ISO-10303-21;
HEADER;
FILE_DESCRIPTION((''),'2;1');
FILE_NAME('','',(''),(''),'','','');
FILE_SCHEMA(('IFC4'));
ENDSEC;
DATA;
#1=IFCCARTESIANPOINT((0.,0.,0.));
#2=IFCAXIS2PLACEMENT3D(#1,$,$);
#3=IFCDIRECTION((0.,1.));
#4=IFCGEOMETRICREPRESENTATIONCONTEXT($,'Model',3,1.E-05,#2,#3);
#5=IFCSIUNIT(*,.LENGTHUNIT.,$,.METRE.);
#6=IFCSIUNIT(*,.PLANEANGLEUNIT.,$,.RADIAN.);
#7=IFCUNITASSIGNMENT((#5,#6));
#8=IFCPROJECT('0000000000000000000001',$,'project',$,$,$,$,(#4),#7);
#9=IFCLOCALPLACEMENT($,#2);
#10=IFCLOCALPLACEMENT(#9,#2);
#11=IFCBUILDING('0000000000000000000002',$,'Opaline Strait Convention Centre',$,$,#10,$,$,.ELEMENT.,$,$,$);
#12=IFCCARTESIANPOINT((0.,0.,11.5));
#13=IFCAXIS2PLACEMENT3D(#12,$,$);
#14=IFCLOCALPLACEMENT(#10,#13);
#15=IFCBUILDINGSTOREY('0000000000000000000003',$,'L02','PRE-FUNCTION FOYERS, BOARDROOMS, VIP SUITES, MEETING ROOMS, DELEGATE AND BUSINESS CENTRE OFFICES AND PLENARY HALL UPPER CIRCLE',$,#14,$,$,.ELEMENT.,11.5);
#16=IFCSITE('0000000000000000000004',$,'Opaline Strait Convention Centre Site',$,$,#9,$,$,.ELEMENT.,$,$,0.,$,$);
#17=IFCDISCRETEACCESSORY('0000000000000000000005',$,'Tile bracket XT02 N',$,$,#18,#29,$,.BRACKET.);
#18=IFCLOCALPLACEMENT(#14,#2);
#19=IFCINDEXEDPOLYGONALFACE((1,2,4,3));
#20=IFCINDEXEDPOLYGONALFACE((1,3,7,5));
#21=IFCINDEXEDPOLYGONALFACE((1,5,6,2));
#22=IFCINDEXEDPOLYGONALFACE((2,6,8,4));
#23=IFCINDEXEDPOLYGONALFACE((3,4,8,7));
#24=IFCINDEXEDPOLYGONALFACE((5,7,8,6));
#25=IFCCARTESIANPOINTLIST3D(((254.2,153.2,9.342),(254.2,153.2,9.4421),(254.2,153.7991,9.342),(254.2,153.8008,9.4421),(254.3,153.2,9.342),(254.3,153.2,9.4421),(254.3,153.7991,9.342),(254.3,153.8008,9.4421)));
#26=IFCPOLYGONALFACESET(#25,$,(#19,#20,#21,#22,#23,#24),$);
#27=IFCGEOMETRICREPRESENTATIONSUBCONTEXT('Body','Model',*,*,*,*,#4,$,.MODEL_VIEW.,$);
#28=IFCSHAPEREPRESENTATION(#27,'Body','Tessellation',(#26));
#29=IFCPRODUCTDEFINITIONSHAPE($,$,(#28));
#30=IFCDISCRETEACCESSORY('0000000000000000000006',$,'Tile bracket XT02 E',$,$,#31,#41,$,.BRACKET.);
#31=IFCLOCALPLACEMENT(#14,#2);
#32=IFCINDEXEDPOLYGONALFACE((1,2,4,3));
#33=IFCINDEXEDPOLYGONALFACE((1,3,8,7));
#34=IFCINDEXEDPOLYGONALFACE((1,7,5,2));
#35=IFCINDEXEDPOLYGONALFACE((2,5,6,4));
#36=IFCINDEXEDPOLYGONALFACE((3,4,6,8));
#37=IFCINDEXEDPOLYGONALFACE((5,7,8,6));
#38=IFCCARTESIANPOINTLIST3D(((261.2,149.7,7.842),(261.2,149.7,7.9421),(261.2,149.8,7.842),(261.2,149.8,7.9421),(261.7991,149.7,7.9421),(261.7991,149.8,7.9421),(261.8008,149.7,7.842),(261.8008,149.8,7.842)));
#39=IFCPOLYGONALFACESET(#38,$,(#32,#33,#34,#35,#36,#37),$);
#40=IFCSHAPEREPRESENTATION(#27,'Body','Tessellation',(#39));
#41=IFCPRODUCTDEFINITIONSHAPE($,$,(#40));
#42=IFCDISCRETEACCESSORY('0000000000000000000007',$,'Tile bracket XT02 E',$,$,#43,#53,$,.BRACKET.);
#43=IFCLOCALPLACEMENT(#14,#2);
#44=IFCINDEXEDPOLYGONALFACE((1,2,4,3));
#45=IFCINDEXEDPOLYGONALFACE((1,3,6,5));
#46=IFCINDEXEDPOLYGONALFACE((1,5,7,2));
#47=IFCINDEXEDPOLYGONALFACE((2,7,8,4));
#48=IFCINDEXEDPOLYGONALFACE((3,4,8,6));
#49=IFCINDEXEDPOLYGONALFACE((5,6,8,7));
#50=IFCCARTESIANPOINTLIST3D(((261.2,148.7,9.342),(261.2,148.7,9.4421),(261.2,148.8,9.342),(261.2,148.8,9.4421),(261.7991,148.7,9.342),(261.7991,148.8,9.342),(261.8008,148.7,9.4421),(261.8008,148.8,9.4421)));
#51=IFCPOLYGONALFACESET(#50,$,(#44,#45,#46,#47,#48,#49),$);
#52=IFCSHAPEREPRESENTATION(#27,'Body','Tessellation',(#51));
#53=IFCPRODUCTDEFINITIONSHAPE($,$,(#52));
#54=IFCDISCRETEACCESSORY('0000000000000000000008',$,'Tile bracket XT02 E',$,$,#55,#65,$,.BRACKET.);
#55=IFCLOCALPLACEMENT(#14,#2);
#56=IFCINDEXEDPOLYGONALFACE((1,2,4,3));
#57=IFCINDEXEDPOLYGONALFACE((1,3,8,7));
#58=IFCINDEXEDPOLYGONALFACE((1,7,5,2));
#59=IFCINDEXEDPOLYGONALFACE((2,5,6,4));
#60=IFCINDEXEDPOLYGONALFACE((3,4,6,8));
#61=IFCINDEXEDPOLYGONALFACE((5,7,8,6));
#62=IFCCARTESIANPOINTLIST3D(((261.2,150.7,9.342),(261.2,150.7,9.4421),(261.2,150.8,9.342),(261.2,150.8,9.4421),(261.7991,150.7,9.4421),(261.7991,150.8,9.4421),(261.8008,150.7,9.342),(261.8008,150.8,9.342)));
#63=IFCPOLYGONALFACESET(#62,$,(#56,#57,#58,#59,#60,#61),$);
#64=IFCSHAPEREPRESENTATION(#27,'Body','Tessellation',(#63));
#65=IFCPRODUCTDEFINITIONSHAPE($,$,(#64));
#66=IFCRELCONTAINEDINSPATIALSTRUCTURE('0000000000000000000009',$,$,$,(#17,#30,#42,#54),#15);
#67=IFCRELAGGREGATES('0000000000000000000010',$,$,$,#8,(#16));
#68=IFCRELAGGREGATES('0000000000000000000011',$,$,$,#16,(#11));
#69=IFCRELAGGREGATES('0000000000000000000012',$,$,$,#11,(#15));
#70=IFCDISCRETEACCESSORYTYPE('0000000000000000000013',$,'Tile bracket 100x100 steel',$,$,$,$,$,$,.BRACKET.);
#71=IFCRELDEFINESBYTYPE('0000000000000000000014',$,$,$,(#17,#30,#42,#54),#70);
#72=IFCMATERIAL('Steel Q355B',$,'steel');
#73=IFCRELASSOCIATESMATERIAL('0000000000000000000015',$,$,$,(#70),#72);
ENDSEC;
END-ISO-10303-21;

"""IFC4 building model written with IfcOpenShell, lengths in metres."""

from ifc_helpers import new_model, si_unit, direction, frame, origin, place, context, subcontext, project, spatial, polyline, outline, extrude, material, type_object, element, save


model = new_model("IFC4")

# Units and contexts
model_context = context("Model", 3, precision=1e-05, world=origin(), true_north=direction((0.0, 1.0)))
body_context = subcontext(model_context, "Body", "Model", "MODEL_VIEW")
ifc_project = project(units=[si_unit("LENGTHUNIT", "METRE"), si_unit("PLANEANGLEUNIT", "RADIAN")], contexts=[model_context])

# Site, building, storey
site_placement = place(None, origin())
site = spatial("IfcSite", under=ifc_project, at=site_placement, Name="Opaline Strait Convention Centre Site", CompositionType="ELEMENT", RefElevation=0.0)
building_placement = place(site_placement, origin())
building = spatial("IfcBuilding", under=site, at=building_placement, Name="Opaline Strait Convention Centre", CompositionType="ELEMENT")
storey_placement = place(building_placement, frame((0.0, 0.0, 11.5)))
storey = spatial("IfcBuildingStorey", under=building, at=storey_placement, Name="L02", Description="PRE-FUNCTION FOYERS, BOARDROOMS, VIP SUITES, MEETING ROOMS, DELEGATE AND BUSINESS CENTRE OFFICES AND PLENARY HALL UPPER CIRCLE", CompositionType="ELEMENT", Elevation=11.5)

# Shared definitions
ifc_material_1 = material(Name="Steel Q355B", Category="steel")

# Discrete accessories
discrete_accessory_type = type_object("IfcDiscreteAccessoryType", Name="Tile bracket 100x100 steel", PredefinedType="BRACKET", material=ifc_material_1)
discrete_accessory_1_placement = place(storey_placement, frame((254.3, 153.2, 9.3921), z_axis=(-1.0, 0.0, 0.0), x_axis=(0.0, -1.0, 0.0)))
element("IfcDiscreteAccessory", 1, at=discrete_accessory_1_placement, inside=storey, type_object=discrete_accessory_type, Name="Tile bracket XT02 N", PredefinedType="BRACKET", context=body_context, shape_type="SweptSolid", body=[
    extrude(outline(polyline([(0.0, -0.05), (0.0, 0.05), (-0.6008, 0.05), (-0.5991, -0.05), (0.0, -0.05)])), origin(), (0.0, 0.0, 1.0), 0.1001),
])
discrete_accessory_2_placement = place(storey_placement, frame((261.2, 149.7, 7.8921), z_axis=(0.0, 1.0, 0.0), x_axis=(-1.0, 0.0, 0.0)))
element("IfcDiscreteAccessory", 2, at=discrete_accessory_2_placement, inside=storey, type_object=discrete_accessory_type, Name="Tile bracket XT02 E", PredefinedType="BRACKET", context=body_context, shape_type="SweptSolid", body=[
    extrude(outline(polyline([(0.0, -0.05), (0.0, 0.05), (-0.5991, 0.05), (-0.6008, -0.05), (0.0, -0.05)])), origin(), (0.0, 0.0, 1.0), 0.1001),
])
discrete_accessory_3_placement = place(storey_placement, frame((261.2, 148.7, 9.3921), z_axis=(0.0, 1.0, 0.0), x_axis=(-1.0, 0.0, 0.0)))
element("IfcDiscreteAccessory", 3, at=discrete_accessory_3_placement, inside=storey, type_object=discrete_accessory_type, Name="Tile bracket XT02 E", PredefinedType="BRACKET", context=body_context, shape_type="SweptSolid", body=[
    extrude(outline(polyline([(0.0, -0.05), (0.0, 0.05), (-0.6008, 0.05), (-0.5991, -0.05), (0.0, -0.05)])), origin(), (0.0, 0.0, 1.0), 0.1001),
])
discrete_accessory_4_placement = place(storey_placement, frame((261.2, 150.7, 9.3921), z_axis=(0.0, 1.0, 0.0), x_axis=(-1.0, 0.0, 0.0)))
element("IfcDiscreteAccessory", 4, at=discrete_accessory_4_placement, inside=storey, type_object=discrete_accessory_type, Name="Tile bracket XT02 E", PredefinedType="BRACKET", context=body_context, shape_type="SweptSolid", body=[
    extrude(outline(polyline([(0.0, -0.05), (0.0, 0.05), (-0.5991, 0.05), (-0.6008, -0.05), (0.0, -0.05)])), origin(), (0.0, 0.0, 1.0), 0.1001),
])

save(model, "model.ifc")
